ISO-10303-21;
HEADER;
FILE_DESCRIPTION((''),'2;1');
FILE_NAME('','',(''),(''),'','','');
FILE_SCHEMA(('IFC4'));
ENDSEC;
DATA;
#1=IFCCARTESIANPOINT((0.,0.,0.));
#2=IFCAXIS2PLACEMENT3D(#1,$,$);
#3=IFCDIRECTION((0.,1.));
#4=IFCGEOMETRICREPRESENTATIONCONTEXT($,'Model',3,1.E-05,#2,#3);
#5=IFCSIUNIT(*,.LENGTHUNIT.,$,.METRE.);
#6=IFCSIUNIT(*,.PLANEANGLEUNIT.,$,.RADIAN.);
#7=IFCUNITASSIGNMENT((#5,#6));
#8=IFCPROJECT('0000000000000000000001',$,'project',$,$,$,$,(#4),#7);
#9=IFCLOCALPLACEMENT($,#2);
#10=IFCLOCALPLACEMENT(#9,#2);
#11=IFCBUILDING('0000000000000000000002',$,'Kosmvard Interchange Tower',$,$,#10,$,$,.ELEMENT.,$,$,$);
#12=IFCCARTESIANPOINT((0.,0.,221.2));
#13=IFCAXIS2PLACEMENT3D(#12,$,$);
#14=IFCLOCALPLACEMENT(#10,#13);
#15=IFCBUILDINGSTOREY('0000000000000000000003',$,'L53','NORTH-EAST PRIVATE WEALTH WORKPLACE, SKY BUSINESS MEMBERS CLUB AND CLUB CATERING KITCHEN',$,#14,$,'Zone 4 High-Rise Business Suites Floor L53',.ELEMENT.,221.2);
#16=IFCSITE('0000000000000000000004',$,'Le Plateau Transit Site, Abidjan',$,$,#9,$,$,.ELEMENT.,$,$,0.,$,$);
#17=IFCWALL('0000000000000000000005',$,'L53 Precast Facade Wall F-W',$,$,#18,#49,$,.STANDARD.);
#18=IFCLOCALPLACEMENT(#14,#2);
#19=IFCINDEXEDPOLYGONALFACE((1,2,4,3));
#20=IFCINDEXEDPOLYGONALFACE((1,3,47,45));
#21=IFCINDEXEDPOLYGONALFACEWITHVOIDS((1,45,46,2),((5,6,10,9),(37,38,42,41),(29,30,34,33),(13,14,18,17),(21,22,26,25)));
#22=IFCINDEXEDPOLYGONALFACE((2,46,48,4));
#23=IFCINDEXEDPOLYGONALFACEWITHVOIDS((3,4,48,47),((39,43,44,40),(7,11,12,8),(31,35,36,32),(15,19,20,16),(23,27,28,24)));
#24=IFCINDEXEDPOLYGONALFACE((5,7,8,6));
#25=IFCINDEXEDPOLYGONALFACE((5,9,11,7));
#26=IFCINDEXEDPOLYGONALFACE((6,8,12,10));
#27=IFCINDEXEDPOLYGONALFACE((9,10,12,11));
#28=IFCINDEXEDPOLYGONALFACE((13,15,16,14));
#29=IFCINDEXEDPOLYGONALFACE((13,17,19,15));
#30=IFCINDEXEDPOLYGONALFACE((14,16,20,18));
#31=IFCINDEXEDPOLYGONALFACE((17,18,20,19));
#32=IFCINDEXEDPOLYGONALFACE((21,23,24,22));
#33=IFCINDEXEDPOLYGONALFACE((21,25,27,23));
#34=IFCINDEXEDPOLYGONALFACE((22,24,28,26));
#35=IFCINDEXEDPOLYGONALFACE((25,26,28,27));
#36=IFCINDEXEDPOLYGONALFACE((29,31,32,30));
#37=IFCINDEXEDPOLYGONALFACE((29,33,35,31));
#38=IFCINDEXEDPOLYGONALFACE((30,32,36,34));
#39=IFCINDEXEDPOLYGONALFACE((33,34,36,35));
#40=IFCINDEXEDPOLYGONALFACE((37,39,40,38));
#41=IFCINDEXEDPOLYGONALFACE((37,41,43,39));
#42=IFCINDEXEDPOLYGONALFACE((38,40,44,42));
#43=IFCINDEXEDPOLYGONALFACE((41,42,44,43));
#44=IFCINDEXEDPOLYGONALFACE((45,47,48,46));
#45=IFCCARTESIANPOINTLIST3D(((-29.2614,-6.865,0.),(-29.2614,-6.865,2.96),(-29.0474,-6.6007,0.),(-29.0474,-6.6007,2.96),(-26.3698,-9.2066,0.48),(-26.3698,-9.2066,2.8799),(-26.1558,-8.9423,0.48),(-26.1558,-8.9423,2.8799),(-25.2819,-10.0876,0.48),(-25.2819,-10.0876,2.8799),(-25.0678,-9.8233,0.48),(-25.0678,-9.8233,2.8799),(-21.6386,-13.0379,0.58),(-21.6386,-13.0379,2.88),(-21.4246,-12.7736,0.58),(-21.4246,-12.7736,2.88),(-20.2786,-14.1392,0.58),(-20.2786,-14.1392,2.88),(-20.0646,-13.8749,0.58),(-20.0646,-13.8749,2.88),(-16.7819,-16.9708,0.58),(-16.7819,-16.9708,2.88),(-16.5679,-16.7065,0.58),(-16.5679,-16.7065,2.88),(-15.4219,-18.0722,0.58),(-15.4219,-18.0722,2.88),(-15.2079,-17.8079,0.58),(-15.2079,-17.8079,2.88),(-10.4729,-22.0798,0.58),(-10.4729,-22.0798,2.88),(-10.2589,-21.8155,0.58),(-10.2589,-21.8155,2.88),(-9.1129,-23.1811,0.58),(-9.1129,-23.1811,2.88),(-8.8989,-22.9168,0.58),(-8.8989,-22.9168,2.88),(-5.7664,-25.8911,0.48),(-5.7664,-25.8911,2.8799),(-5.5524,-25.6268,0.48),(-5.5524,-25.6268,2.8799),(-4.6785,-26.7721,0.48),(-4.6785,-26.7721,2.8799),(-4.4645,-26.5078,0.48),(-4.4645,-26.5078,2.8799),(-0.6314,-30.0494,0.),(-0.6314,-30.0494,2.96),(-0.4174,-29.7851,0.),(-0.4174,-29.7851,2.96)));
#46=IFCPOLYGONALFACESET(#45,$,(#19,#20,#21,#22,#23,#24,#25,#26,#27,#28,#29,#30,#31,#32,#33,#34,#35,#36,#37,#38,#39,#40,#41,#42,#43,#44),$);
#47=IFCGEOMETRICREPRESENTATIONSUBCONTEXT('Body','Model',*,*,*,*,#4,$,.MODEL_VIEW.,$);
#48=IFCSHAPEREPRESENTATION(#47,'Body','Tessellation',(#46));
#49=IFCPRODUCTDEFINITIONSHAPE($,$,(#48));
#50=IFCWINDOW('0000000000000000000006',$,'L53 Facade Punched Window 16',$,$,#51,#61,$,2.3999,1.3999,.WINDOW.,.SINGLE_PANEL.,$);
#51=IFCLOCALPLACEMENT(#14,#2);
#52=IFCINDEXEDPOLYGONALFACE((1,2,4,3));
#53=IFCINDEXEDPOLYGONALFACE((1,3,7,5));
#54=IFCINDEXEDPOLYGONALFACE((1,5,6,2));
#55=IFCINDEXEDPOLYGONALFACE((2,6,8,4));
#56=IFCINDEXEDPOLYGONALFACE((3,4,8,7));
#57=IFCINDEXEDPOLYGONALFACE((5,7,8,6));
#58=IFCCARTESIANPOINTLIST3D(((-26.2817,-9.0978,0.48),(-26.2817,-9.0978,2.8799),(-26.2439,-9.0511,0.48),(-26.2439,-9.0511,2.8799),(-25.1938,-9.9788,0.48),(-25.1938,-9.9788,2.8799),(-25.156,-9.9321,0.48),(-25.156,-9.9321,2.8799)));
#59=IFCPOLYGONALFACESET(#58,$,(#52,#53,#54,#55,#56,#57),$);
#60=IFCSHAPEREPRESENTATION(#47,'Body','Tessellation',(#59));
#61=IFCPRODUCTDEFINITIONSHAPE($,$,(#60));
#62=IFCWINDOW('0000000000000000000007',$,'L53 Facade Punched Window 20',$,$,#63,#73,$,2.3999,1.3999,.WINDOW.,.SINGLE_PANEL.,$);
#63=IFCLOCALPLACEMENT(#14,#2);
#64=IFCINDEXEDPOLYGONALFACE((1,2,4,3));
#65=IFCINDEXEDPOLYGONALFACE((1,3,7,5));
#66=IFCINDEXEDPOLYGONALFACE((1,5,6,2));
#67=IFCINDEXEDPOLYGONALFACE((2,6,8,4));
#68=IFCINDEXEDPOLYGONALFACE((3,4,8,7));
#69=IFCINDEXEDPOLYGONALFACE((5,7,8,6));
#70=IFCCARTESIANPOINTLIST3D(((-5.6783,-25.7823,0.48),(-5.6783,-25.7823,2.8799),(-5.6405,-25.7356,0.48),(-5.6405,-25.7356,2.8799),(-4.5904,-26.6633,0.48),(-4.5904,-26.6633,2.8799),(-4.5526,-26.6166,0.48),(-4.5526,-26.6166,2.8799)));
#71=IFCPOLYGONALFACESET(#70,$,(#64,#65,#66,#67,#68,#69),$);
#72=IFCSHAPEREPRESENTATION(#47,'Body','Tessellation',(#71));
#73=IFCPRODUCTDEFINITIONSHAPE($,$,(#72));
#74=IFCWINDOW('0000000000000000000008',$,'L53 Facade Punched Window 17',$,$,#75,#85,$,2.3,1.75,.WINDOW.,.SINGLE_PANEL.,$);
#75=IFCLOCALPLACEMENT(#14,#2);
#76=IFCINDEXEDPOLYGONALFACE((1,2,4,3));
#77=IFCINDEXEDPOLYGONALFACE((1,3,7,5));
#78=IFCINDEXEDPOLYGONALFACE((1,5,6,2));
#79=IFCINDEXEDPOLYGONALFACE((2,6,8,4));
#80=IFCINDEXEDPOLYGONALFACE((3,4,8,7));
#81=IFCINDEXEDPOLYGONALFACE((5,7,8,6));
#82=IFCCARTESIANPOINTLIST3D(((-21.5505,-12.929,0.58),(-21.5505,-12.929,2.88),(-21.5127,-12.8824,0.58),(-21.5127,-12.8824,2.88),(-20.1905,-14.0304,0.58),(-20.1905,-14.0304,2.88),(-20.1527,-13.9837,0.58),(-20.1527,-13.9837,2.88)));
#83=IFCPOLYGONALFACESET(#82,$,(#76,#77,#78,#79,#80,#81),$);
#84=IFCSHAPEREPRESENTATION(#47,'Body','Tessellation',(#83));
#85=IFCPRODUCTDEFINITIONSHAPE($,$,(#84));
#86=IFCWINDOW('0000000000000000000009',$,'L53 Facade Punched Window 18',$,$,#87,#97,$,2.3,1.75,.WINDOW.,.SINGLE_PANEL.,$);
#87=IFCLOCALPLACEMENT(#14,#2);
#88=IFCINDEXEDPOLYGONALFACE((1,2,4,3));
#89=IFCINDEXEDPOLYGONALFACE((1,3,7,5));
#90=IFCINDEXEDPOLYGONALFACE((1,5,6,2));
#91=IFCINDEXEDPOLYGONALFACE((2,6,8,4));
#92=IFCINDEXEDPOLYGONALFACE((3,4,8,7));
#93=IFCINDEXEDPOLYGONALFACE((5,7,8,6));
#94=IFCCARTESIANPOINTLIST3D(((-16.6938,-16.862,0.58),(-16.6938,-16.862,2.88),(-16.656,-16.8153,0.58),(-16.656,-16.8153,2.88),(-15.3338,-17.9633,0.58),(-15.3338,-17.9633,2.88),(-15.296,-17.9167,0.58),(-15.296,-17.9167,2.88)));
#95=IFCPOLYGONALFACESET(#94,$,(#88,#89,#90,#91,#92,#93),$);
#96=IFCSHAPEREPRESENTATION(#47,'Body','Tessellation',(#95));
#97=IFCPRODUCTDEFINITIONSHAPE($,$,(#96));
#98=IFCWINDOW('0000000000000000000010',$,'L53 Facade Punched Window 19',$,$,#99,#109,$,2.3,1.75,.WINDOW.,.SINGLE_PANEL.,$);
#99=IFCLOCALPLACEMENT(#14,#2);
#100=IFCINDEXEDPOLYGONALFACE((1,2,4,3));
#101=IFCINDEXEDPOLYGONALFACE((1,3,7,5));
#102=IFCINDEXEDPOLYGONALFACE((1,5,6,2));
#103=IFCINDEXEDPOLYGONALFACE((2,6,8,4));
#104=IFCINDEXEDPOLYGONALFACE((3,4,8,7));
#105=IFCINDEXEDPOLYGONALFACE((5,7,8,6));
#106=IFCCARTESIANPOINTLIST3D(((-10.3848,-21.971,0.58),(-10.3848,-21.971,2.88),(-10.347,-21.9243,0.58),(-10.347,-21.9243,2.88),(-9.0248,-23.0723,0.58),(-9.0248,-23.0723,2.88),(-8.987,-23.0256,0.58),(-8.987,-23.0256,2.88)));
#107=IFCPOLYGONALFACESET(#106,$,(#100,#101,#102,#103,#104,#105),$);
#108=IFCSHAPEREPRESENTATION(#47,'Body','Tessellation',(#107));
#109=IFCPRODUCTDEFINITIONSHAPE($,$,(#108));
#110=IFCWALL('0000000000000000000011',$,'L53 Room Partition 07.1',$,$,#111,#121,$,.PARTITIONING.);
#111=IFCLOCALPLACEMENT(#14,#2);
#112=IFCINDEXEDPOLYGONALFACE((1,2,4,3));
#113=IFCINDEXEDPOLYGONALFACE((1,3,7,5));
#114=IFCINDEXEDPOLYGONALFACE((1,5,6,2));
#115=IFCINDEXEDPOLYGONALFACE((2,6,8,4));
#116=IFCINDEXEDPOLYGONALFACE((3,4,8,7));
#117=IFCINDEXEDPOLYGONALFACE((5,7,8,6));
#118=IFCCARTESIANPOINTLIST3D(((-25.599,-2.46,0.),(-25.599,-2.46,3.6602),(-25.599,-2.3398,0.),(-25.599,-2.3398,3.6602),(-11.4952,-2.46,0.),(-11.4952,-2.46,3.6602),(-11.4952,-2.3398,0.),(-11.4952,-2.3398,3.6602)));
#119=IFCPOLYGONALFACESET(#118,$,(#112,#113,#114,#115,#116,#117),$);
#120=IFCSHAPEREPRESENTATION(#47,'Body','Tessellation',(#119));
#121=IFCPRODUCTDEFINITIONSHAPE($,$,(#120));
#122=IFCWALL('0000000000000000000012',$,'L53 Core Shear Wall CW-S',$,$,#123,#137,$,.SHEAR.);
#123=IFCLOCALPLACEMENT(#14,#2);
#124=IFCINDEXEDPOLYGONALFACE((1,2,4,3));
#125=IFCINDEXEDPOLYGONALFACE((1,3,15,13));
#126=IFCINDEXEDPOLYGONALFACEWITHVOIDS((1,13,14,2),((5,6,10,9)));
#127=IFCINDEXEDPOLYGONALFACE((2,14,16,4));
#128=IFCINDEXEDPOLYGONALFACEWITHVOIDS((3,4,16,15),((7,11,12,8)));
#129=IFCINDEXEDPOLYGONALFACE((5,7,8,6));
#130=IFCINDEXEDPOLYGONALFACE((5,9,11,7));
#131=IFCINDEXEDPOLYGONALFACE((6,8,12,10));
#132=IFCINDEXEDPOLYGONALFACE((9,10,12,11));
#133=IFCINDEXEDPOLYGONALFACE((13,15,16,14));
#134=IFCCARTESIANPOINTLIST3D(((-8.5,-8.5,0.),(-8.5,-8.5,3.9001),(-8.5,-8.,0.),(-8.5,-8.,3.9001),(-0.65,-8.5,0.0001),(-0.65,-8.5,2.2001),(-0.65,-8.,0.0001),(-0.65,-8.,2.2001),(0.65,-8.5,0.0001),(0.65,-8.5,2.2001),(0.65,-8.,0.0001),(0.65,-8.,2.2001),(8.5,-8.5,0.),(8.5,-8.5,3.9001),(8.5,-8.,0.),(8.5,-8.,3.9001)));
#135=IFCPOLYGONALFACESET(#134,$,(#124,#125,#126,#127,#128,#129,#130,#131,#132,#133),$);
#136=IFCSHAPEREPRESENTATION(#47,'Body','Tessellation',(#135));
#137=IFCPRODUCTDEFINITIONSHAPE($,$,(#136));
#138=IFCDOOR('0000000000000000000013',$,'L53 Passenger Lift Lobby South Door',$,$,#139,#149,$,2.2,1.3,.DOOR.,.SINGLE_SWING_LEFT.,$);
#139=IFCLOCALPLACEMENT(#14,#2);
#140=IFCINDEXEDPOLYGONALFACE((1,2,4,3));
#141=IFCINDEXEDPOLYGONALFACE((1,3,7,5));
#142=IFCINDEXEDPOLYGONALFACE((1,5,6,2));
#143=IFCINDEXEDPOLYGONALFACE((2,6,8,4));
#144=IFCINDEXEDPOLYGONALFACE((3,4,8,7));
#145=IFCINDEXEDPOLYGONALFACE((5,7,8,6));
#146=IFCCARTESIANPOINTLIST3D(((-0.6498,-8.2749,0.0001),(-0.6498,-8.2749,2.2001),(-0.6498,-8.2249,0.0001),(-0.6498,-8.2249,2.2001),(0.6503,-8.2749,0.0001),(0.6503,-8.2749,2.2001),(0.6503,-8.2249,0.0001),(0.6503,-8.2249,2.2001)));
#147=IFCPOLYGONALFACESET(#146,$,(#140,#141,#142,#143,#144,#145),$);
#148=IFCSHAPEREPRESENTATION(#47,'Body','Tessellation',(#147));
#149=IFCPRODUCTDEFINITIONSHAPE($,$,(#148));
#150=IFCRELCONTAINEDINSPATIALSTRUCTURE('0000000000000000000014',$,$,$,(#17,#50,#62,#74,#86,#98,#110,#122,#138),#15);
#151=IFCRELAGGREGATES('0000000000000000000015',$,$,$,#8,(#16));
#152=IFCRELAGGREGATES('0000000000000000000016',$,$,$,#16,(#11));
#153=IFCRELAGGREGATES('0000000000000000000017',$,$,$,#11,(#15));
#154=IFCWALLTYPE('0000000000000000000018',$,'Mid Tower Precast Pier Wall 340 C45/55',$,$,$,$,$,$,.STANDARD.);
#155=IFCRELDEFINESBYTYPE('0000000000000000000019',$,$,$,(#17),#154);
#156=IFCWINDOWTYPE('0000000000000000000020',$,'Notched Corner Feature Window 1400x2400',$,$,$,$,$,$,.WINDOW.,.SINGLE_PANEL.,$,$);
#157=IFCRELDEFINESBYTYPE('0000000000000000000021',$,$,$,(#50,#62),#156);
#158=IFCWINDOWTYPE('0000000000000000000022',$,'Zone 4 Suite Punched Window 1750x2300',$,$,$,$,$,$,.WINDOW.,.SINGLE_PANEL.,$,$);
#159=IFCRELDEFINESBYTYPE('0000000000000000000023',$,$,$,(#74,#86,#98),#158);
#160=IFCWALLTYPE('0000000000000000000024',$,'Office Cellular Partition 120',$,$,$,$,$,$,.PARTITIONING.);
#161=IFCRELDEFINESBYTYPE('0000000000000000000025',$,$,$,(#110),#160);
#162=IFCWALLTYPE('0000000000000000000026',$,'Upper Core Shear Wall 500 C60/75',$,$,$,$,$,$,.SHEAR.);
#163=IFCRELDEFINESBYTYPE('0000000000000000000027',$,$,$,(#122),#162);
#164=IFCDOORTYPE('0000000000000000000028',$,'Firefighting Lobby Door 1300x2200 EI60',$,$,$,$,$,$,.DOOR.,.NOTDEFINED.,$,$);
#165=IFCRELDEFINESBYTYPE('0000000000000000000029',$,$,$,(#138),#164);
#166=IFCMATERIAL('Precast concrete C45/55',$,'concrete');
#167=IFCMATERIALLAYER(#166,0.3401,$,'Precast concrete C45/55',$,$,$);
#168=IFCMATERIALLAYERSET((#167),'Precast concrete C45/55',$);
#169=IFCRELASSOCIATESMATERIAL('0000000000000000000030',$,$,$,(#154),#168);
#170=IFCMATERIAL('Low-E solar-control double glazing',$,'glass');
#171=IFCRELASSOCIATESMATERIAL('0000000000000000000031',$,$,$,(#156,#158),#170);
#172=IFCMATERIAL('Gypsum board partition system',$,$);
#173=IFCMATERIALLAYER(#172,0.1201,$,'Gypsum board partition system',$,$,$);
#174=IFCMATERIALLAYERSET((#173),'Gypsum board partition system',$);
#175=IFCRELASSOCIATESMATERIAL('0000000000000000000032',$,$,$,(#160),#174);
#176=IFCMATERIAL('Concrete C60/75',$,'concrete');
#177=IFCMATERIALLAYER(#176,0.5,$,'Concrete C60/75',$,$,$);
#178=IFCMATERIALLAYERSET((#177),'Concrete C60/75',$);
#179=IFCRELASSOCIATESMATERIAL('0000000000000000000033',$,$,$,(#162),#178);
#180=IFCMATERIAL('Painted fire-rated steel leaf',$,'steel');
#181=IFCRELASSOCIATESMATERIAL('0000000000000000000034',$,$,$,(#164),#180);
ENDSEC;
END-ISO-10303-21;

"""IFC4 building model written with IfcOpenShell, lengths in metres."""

from ifc_helpers import new_model, si_unit, direction, frame, frame_2d, origin, place, context, subcontext, project, spatial, rectangle, extrude, source, transform, mapped, material, layer, layer_set, type_object, element, fill, save


model = new_model("IFC4")

# Units and contexts
model_context = context("Model", 3, precision=1e-05, world=origin(), true_north=direction((0.0, 1.0)))
body_context = subcontext(model_context, "Body", "Model", "MODEL_VIEW")
ifc_project = project(units=[si_unit("LENGTHUNIT", "METRE"), si_unit("PLANEANGLEUNIT", "RADIAN")], contexts=[model_context])

# Site, building, storey
site_placement = place(None, origin())
site = spatial("IfcSite", under=ifc_project, at=site_placement, Name="Le Plateau Transit Site, Abidjan", CompositionType="ELEMENT", RefElevation=0.0)
building_placement = place(site_placement, origin())
building = spatial("IfcBuilding", under=site, at=building_placement, Name="Kosmvard Interchange Tower", CompositionType="ELEMENT")
storey_placement = place(building_placement, frame((0.0, 0.0, 221.2)))
storey = spatial("IfcBuildingStorey", under=building, at=storey_placement, Name="L53", Description="NORTH-EAST PRIVATE WEALTH WORKPLACE, SKY BUSINESS MEMBERS CLUB AND CLUB CATERING KITCHEN", LongName="Zone 4 High-Rise Business Suites Floor L53", CompositionType="ELEMENT", Elevation=221.2)

# Shared definitions
ifc_material_1 = material(Name="Concrete C60/75", Category="concrete")

# Shared definitions
ifc_material_2 = material(Name="Precast concrete C45/55", Category="concrete")
ifc_layer_1 = layer(ifc_material_2, 0.3401, Name="Precast concrete C45/55")
ifc_layer_set_1 = layer_set([ifc_layer_1], Name="Precast concrete C45/55")
wall_type_1 = type_object("IfcWallType", Name="Mid Tower Precast Pier Wall 340 C45/55", PredefinedType="STANDARD", material=ifc_layer_set_1)

# Shared definitions
ifc_material_3 = material(Name="Low-E solar-control double glazing", Category="glass")
window_type_1 = type_object("IfcWindowType", Name="Notched Corner Feature Window 1400x2400", PartitioningType="SINGLE_PANEL", PredefinedType="WINDOW", material=ifc_material_3)
shared_shape_1 = source(origin(), body_context, "Body", "SweptSolid", [
    extrude(rectangle(XDim=1.3999, YDim=2.3999, at=frame_2d((0.7, 1.2))), frame((0.0, 0.03, 0.0), z_axis=(0.0, -1.0, 0.0), x_axis=(1.0, 0.0, 0.0)), (0.0, 0.0, 1.0), 0.0601),
])

# Wall, openings, windows
wall_1_placement = place(storey_placement, frame((-29.1543, -6.7329, 0.0), z_axis=(0.0, 0.0, 1.0), x_axis=(0.777142, -0.629325, 0.0)))
wall_1 = element("IfcWall", 1, at=wall_1_placement, inside=storey, type_object=wall_type_1, Name="L53 Precast Facade Wall F-W", PredefinedType="STANDARD", context=body_context, shape_type="SweptSolid", body=[
    extrude(rectangle(XDim=36.8401, YDim=0.3401, at=frame_2d((18.4199, 0.0))), origin(), (0.0, 0.0, 1.0), 2.96),
])
opening_1_placement = place(wall_1_placement, frame((3.7207, 0.0, 0.48)))
opening_1 = element("IfcOpeningElement", 2, at=opening_1_placement, cuts=wall_1, PredefinedType="OPENING", context=body_context, shape_type="SweptSolid", body=[
    extrude(rectangle(XDim=1.3999, YDim=2.3999, at=frame_2d((0.7, 1.2))), frame((0.0, 0.1802, 0.0), z_axis=(0.0, -1.0, 0.0), x_axis=(1.0, 0.0, 0.0)), (0.0, 0.0, 1.0), 0.3601),
])
opening_2_placement = place(wall_1_placement, frame((9.8086, 0.0, 0.5801)))
opening_2 = element("IfcOpeningElement", 3, at=opening_2_placement, cuts=wall_1, PredefinedType="OPENING", context=body_context, shape_type="SweptSolid", body=[
    extrude(rectangle(XDim=1.75, YDim=2.3, at=frame_2d((0.875, 1.1499))), frame((0.0, 0.1802, 0.0), z_axis=(0.0, -1.0, 0.0), x_axis=(1.0, 0.0, 0.0)), (0.0, 0.0, 1.0), 0.3601),
])
opening_3_placement = place(wall_1_placement, frame((16.0581, 0.0, 0.5801)))
opening_3 = element("IfcOpeningElement", 4, at=opening_3_placement, cuts=wall_1, PredefinedType="OPENING", context=body_context, shape_type="SweptSolid", body=[
    extrude(rectangle(XDim=1.75, YDim=2.3, at=frame_2d((0.875, 1.1499))), frame((0.0, 0.1802, 0.0), z_axis=(0.0, -1.0, 0.0), x_axis=(1.0, 0.0, 0.0)), (0.0, 0.0, 1.0), 0.3601),
])
opening_4_placement = place(wall_1_placement, frame((24.1763, 0.0, 0.5801)))
opening_4 = element("IfcOpeningElement", 5, at=opening_4_placement, cuts=wall_1, PredefinedType="OPENING", context=body_context, shape_type="SweptSolid", body=[
    extrude(rectangle(XDim=1.75, YDim=2.3, at=frame_2d((0.875, 1.1499))), frame((0.0, 0.1802, 0.0), z_axis=(0.0, -1.0, 0.0), x_axis=(1.0, 0.0, 0.0)), (0.0, 0.0, 1.0), 0.3601),
])
opening_5_placement = place(wall_1_placement, frame((30.2324, 0.0, 0.48)))
opening_5 = element("IfcOpeningElement", 6, at=opening_5_placement, cuts=wall_1, PredefinedType="OPENING", context=body_context, shape_type="SweptSolid", body=[
    extrude(rectangle(XDim=1.3999, YDim=2.3999, at=frame_2d((0.7, 1.2))), frame((0.0, 0.1802, 0.0), z_axis=(0.0, -1.0, 0.0), x_axis=(1.0, 0.0, 0.0)), (0.0, 0.0, 1.0), 0.3601),
])
window_1_placement = place(opening_1_placement, origin())
window_1 = element("IfcWindow", 7, at=window_1_placement, inside=storey, type_object=window_type_1, Name="L53 Facade Punched Window 16", OverallHeight=2.3999, OverallWidth=1.3999, PartitioningType="SINGLE_PANEL", PredefinedType="WINDOW", context=body_context, shape_type="MappedRepresentation", body=[
    mapped(shared_shape_1, transform((0.0, 0.0, 0.0), scale=1.0)),
])
fill(opening_1, window_1)
window_2_placement = place(opening_5_placement, origin())
window_2 = element("IfcWindow", 8, at=window_2_placement, inside=storey, type_object=window_type_1, Name="L53 Facade Punched Window 20", OverallHeight=2.3999, OverallWidth=1.3999, PartitioningType="SINGLE_PANEL", PredefinedType="WINDOW", context=body_context, shape_type="MappedRepresentation", body=[
    mapped(shared_shape_1, transform((0.0, 0.0, 0.0), scale=1.0)),
])
fill(opening_5, window_2)
window_type_2 = type_object("IfcWindowType", Name="Zone 4 Suite Punched Window 1750x2300", PartitioningType="SINGLE_PANEL", PredefinedType="WINDOW", material=ifc_material_3)
shared_shape_2 = source(origin(), body_context, "Body", "SweptSolid", [
    extrude(rectangle(XDim=1.75, YDim=2.3, at=frame_2d((0.875, 1.1499))), frame((0.0, 0.03, 0.0), z_axis=(0.0, -1.0, 0.0), x_axis=(1.0, 0.0, 0.0)), (0.0, 0.0, 1.0), 0.0601),
])
window_3_placement = place(opening_2_placement, origin())
window_3 = element("IfcWindow", 9, at=window_3_placement, inside=storey, type_object=window_type_2, Name="L53 Facade Punched Window 17", OverallHeight=2.3, OverallWidth=1.75, PartitioningType="SINGLE_PANEL", PredefinedType="WINDOW", context=body_context, shape_type="MappedRepresentation", body=[
    mapped(shared_shape_2, transform((0.0, 0.0, 0.0), scale=1.0)),
])
fill(opening_2, window_3)
window_4_placement = place(opening_3_placement, origin())
window_4 = element("IfcWindow", 10, at=window_4_placement, inside=storey, type_object=window_type_2, Name="L53 Facade Punched Window 18", OverallHeight=2.3, OverallWidth=1.75, PartitioningType="SINGLE_PANEL", PredefinedType="WINDOW", context=body_context, shape_type="MappedRepresentation", body=[
    mapped(shared_shape_2, transform((0.0, 0.0, 0.0), scale=1.0)),
])
fill(opening_3, window_4)
window_5_placement = place(opening_4_placement, origin())
window_5 = element("IfcWindow", 11, at=window_5_placement, inside=storey, type_object=window_type_2, Name="L53 Facade Punched Window 19", OverallHeight=2.3, OverallWidth=1.75, PartitioningType="SINGLE_PANEL", PredefinedType="WINDOW", context=body_context, shape_type="MappedRepresentation", body=[
    mapped(shared_shape_2, transform((0.0, 0.0, 0.0), scale=1.0)),
])
fill(opening_4, window_5)

# Wall
ifc_material_4 = material(Name="Gypsum board partition system")
ifc_layer_2 = layer(ifc_material_4, 0.1201, Name="Gypsum board partition system")
ifc_layer_set_2 = layer_set([ifc_layer_2], Name="Gypsum board partition system")
wall_type_2 = type_object("IfcWallType", Name="Office Cellular Partition 120", PredefinedType="PARTITIONING", material=ifc_layer_set_2)
wall_2_placement = place(storey_placement, frame((-25.5989, -2.3999, 0.0), z_axis=(0.0, 0.0, 1.0), x_axis=(1.0, 0.0, 0.0)))
element("IfcWall", 12, at=wall_2_placement, inside=storey, type_object=wall_type_2, Name="L53 Room Partition 07.1", PredefinedType="PARTITIONING", context=body_context, shape_type="SweptSolid", body=[
    extrude(rectangle(XDim=14.1038, YDim=0.1201, at=frame_2d((7.0518, 0.0))), origin(), (0.0, 0.0, 1.0), 3.6602),
])

# Wall, opening, door
ifc_layer_3 = layer(ifc_material_1, 0.5, Name="Concrete C60/75")
ifc_layer_set_3 = layer_set([ifc_layer_3], Name="Concrete C60/75")
wall_type_3 = type_object("IfcWallType", Name="Upper Core Shear Wall 500 C60/75", PredefinedType="SHEAR", material=ifc_layer_set_3)
wall_3_placement = place(storey_placement, frame((-8.5, -8.25, 0.0), z_axis=(0.0, 0.0, 1.0), x_axis=(1.0, 0.0, 0.0)))
wall_3 = element("IfcWall", 13, at=wall_3_placement, inside=storey, type_object=wall_type_3, Name="L53 Core Shear Wall CW-S", PredefinedType="SHEAR", context=body_context, shape_type="SweptSolid", body=[
    extrude(rectangle(XDim=17.0, YDim=0.5, at=frame_2d((8.5, 0.0))), origin(), (0.0, 0.0, 1.0), 3.9001),
])
opening_6_placement = place(wall_3_placement, frame((7.8501, 0.0, 0.0)))
opening_6 = element("IfcOpeningElement", 14, at=opening_6_placement, cuts=wall_3, PredefinedType="OPENING", context=body_context, shape_type="SweptSolid", body=[
    extrude(rectangle(XDim=1.3, YDim=2.2, at=frame_2d((0.6499, 1.1001))), frame((0.0, 0.26, 0.0), z_axis=(0.0, -1.0, 0.0), x_axis=(1.0, 0.0, 0.0)), (0.0, 0.0, 1.0), 0.52),
])
ifc_material_5 = material(Name="Painted fire-rated steel leaf", Category="steel")
door_type = type_object("IfcDoorType", Name="Firefighting Lobby Door 1300x2200 EI60", OperationType="NOTDEFINED", PredefinedType="DOOR", material=ifc_material_5)
shared_shape_3 = source(origin(), body_context, "Body", "SweptSolid", [
    extrude(rectangle(XDim=1.3, YDim=2.2, at=frame_2d((0.6499, 1.1001))), frame((0.0, 0.0249, 0.0), z_axis=(0.0, -1.0, 0.0), x_axis=(1.0, 0.0, 0.0)), (0.0, 0.0, 1.0), 0.05),
])
door_placement = place(opening_6_placement, frame((1.3, 0.0, 0.0), z_axis=(0.0, 0.0, 1.0), x_axis=(-1.0, 0.0, 0.0)))
door = element("IfcDoor", 15, at=door_placement, inside=storey, type_object=door_type, Name="L53 Passenger Lift Lobby South Door", OperationType="SINGLE_SWING_LEFT", OverallHeight=2.2, OverallWidth=1.3, PredefinedType="DOOR", context=body_context, shape_type="MappedRepresentation", body=[
    mapped(shared_shape_3, transform((0.0, 0.0, 0.0), scale=1.0)),
])
fill(opening_6, door)

save(model, "model.ifc")
